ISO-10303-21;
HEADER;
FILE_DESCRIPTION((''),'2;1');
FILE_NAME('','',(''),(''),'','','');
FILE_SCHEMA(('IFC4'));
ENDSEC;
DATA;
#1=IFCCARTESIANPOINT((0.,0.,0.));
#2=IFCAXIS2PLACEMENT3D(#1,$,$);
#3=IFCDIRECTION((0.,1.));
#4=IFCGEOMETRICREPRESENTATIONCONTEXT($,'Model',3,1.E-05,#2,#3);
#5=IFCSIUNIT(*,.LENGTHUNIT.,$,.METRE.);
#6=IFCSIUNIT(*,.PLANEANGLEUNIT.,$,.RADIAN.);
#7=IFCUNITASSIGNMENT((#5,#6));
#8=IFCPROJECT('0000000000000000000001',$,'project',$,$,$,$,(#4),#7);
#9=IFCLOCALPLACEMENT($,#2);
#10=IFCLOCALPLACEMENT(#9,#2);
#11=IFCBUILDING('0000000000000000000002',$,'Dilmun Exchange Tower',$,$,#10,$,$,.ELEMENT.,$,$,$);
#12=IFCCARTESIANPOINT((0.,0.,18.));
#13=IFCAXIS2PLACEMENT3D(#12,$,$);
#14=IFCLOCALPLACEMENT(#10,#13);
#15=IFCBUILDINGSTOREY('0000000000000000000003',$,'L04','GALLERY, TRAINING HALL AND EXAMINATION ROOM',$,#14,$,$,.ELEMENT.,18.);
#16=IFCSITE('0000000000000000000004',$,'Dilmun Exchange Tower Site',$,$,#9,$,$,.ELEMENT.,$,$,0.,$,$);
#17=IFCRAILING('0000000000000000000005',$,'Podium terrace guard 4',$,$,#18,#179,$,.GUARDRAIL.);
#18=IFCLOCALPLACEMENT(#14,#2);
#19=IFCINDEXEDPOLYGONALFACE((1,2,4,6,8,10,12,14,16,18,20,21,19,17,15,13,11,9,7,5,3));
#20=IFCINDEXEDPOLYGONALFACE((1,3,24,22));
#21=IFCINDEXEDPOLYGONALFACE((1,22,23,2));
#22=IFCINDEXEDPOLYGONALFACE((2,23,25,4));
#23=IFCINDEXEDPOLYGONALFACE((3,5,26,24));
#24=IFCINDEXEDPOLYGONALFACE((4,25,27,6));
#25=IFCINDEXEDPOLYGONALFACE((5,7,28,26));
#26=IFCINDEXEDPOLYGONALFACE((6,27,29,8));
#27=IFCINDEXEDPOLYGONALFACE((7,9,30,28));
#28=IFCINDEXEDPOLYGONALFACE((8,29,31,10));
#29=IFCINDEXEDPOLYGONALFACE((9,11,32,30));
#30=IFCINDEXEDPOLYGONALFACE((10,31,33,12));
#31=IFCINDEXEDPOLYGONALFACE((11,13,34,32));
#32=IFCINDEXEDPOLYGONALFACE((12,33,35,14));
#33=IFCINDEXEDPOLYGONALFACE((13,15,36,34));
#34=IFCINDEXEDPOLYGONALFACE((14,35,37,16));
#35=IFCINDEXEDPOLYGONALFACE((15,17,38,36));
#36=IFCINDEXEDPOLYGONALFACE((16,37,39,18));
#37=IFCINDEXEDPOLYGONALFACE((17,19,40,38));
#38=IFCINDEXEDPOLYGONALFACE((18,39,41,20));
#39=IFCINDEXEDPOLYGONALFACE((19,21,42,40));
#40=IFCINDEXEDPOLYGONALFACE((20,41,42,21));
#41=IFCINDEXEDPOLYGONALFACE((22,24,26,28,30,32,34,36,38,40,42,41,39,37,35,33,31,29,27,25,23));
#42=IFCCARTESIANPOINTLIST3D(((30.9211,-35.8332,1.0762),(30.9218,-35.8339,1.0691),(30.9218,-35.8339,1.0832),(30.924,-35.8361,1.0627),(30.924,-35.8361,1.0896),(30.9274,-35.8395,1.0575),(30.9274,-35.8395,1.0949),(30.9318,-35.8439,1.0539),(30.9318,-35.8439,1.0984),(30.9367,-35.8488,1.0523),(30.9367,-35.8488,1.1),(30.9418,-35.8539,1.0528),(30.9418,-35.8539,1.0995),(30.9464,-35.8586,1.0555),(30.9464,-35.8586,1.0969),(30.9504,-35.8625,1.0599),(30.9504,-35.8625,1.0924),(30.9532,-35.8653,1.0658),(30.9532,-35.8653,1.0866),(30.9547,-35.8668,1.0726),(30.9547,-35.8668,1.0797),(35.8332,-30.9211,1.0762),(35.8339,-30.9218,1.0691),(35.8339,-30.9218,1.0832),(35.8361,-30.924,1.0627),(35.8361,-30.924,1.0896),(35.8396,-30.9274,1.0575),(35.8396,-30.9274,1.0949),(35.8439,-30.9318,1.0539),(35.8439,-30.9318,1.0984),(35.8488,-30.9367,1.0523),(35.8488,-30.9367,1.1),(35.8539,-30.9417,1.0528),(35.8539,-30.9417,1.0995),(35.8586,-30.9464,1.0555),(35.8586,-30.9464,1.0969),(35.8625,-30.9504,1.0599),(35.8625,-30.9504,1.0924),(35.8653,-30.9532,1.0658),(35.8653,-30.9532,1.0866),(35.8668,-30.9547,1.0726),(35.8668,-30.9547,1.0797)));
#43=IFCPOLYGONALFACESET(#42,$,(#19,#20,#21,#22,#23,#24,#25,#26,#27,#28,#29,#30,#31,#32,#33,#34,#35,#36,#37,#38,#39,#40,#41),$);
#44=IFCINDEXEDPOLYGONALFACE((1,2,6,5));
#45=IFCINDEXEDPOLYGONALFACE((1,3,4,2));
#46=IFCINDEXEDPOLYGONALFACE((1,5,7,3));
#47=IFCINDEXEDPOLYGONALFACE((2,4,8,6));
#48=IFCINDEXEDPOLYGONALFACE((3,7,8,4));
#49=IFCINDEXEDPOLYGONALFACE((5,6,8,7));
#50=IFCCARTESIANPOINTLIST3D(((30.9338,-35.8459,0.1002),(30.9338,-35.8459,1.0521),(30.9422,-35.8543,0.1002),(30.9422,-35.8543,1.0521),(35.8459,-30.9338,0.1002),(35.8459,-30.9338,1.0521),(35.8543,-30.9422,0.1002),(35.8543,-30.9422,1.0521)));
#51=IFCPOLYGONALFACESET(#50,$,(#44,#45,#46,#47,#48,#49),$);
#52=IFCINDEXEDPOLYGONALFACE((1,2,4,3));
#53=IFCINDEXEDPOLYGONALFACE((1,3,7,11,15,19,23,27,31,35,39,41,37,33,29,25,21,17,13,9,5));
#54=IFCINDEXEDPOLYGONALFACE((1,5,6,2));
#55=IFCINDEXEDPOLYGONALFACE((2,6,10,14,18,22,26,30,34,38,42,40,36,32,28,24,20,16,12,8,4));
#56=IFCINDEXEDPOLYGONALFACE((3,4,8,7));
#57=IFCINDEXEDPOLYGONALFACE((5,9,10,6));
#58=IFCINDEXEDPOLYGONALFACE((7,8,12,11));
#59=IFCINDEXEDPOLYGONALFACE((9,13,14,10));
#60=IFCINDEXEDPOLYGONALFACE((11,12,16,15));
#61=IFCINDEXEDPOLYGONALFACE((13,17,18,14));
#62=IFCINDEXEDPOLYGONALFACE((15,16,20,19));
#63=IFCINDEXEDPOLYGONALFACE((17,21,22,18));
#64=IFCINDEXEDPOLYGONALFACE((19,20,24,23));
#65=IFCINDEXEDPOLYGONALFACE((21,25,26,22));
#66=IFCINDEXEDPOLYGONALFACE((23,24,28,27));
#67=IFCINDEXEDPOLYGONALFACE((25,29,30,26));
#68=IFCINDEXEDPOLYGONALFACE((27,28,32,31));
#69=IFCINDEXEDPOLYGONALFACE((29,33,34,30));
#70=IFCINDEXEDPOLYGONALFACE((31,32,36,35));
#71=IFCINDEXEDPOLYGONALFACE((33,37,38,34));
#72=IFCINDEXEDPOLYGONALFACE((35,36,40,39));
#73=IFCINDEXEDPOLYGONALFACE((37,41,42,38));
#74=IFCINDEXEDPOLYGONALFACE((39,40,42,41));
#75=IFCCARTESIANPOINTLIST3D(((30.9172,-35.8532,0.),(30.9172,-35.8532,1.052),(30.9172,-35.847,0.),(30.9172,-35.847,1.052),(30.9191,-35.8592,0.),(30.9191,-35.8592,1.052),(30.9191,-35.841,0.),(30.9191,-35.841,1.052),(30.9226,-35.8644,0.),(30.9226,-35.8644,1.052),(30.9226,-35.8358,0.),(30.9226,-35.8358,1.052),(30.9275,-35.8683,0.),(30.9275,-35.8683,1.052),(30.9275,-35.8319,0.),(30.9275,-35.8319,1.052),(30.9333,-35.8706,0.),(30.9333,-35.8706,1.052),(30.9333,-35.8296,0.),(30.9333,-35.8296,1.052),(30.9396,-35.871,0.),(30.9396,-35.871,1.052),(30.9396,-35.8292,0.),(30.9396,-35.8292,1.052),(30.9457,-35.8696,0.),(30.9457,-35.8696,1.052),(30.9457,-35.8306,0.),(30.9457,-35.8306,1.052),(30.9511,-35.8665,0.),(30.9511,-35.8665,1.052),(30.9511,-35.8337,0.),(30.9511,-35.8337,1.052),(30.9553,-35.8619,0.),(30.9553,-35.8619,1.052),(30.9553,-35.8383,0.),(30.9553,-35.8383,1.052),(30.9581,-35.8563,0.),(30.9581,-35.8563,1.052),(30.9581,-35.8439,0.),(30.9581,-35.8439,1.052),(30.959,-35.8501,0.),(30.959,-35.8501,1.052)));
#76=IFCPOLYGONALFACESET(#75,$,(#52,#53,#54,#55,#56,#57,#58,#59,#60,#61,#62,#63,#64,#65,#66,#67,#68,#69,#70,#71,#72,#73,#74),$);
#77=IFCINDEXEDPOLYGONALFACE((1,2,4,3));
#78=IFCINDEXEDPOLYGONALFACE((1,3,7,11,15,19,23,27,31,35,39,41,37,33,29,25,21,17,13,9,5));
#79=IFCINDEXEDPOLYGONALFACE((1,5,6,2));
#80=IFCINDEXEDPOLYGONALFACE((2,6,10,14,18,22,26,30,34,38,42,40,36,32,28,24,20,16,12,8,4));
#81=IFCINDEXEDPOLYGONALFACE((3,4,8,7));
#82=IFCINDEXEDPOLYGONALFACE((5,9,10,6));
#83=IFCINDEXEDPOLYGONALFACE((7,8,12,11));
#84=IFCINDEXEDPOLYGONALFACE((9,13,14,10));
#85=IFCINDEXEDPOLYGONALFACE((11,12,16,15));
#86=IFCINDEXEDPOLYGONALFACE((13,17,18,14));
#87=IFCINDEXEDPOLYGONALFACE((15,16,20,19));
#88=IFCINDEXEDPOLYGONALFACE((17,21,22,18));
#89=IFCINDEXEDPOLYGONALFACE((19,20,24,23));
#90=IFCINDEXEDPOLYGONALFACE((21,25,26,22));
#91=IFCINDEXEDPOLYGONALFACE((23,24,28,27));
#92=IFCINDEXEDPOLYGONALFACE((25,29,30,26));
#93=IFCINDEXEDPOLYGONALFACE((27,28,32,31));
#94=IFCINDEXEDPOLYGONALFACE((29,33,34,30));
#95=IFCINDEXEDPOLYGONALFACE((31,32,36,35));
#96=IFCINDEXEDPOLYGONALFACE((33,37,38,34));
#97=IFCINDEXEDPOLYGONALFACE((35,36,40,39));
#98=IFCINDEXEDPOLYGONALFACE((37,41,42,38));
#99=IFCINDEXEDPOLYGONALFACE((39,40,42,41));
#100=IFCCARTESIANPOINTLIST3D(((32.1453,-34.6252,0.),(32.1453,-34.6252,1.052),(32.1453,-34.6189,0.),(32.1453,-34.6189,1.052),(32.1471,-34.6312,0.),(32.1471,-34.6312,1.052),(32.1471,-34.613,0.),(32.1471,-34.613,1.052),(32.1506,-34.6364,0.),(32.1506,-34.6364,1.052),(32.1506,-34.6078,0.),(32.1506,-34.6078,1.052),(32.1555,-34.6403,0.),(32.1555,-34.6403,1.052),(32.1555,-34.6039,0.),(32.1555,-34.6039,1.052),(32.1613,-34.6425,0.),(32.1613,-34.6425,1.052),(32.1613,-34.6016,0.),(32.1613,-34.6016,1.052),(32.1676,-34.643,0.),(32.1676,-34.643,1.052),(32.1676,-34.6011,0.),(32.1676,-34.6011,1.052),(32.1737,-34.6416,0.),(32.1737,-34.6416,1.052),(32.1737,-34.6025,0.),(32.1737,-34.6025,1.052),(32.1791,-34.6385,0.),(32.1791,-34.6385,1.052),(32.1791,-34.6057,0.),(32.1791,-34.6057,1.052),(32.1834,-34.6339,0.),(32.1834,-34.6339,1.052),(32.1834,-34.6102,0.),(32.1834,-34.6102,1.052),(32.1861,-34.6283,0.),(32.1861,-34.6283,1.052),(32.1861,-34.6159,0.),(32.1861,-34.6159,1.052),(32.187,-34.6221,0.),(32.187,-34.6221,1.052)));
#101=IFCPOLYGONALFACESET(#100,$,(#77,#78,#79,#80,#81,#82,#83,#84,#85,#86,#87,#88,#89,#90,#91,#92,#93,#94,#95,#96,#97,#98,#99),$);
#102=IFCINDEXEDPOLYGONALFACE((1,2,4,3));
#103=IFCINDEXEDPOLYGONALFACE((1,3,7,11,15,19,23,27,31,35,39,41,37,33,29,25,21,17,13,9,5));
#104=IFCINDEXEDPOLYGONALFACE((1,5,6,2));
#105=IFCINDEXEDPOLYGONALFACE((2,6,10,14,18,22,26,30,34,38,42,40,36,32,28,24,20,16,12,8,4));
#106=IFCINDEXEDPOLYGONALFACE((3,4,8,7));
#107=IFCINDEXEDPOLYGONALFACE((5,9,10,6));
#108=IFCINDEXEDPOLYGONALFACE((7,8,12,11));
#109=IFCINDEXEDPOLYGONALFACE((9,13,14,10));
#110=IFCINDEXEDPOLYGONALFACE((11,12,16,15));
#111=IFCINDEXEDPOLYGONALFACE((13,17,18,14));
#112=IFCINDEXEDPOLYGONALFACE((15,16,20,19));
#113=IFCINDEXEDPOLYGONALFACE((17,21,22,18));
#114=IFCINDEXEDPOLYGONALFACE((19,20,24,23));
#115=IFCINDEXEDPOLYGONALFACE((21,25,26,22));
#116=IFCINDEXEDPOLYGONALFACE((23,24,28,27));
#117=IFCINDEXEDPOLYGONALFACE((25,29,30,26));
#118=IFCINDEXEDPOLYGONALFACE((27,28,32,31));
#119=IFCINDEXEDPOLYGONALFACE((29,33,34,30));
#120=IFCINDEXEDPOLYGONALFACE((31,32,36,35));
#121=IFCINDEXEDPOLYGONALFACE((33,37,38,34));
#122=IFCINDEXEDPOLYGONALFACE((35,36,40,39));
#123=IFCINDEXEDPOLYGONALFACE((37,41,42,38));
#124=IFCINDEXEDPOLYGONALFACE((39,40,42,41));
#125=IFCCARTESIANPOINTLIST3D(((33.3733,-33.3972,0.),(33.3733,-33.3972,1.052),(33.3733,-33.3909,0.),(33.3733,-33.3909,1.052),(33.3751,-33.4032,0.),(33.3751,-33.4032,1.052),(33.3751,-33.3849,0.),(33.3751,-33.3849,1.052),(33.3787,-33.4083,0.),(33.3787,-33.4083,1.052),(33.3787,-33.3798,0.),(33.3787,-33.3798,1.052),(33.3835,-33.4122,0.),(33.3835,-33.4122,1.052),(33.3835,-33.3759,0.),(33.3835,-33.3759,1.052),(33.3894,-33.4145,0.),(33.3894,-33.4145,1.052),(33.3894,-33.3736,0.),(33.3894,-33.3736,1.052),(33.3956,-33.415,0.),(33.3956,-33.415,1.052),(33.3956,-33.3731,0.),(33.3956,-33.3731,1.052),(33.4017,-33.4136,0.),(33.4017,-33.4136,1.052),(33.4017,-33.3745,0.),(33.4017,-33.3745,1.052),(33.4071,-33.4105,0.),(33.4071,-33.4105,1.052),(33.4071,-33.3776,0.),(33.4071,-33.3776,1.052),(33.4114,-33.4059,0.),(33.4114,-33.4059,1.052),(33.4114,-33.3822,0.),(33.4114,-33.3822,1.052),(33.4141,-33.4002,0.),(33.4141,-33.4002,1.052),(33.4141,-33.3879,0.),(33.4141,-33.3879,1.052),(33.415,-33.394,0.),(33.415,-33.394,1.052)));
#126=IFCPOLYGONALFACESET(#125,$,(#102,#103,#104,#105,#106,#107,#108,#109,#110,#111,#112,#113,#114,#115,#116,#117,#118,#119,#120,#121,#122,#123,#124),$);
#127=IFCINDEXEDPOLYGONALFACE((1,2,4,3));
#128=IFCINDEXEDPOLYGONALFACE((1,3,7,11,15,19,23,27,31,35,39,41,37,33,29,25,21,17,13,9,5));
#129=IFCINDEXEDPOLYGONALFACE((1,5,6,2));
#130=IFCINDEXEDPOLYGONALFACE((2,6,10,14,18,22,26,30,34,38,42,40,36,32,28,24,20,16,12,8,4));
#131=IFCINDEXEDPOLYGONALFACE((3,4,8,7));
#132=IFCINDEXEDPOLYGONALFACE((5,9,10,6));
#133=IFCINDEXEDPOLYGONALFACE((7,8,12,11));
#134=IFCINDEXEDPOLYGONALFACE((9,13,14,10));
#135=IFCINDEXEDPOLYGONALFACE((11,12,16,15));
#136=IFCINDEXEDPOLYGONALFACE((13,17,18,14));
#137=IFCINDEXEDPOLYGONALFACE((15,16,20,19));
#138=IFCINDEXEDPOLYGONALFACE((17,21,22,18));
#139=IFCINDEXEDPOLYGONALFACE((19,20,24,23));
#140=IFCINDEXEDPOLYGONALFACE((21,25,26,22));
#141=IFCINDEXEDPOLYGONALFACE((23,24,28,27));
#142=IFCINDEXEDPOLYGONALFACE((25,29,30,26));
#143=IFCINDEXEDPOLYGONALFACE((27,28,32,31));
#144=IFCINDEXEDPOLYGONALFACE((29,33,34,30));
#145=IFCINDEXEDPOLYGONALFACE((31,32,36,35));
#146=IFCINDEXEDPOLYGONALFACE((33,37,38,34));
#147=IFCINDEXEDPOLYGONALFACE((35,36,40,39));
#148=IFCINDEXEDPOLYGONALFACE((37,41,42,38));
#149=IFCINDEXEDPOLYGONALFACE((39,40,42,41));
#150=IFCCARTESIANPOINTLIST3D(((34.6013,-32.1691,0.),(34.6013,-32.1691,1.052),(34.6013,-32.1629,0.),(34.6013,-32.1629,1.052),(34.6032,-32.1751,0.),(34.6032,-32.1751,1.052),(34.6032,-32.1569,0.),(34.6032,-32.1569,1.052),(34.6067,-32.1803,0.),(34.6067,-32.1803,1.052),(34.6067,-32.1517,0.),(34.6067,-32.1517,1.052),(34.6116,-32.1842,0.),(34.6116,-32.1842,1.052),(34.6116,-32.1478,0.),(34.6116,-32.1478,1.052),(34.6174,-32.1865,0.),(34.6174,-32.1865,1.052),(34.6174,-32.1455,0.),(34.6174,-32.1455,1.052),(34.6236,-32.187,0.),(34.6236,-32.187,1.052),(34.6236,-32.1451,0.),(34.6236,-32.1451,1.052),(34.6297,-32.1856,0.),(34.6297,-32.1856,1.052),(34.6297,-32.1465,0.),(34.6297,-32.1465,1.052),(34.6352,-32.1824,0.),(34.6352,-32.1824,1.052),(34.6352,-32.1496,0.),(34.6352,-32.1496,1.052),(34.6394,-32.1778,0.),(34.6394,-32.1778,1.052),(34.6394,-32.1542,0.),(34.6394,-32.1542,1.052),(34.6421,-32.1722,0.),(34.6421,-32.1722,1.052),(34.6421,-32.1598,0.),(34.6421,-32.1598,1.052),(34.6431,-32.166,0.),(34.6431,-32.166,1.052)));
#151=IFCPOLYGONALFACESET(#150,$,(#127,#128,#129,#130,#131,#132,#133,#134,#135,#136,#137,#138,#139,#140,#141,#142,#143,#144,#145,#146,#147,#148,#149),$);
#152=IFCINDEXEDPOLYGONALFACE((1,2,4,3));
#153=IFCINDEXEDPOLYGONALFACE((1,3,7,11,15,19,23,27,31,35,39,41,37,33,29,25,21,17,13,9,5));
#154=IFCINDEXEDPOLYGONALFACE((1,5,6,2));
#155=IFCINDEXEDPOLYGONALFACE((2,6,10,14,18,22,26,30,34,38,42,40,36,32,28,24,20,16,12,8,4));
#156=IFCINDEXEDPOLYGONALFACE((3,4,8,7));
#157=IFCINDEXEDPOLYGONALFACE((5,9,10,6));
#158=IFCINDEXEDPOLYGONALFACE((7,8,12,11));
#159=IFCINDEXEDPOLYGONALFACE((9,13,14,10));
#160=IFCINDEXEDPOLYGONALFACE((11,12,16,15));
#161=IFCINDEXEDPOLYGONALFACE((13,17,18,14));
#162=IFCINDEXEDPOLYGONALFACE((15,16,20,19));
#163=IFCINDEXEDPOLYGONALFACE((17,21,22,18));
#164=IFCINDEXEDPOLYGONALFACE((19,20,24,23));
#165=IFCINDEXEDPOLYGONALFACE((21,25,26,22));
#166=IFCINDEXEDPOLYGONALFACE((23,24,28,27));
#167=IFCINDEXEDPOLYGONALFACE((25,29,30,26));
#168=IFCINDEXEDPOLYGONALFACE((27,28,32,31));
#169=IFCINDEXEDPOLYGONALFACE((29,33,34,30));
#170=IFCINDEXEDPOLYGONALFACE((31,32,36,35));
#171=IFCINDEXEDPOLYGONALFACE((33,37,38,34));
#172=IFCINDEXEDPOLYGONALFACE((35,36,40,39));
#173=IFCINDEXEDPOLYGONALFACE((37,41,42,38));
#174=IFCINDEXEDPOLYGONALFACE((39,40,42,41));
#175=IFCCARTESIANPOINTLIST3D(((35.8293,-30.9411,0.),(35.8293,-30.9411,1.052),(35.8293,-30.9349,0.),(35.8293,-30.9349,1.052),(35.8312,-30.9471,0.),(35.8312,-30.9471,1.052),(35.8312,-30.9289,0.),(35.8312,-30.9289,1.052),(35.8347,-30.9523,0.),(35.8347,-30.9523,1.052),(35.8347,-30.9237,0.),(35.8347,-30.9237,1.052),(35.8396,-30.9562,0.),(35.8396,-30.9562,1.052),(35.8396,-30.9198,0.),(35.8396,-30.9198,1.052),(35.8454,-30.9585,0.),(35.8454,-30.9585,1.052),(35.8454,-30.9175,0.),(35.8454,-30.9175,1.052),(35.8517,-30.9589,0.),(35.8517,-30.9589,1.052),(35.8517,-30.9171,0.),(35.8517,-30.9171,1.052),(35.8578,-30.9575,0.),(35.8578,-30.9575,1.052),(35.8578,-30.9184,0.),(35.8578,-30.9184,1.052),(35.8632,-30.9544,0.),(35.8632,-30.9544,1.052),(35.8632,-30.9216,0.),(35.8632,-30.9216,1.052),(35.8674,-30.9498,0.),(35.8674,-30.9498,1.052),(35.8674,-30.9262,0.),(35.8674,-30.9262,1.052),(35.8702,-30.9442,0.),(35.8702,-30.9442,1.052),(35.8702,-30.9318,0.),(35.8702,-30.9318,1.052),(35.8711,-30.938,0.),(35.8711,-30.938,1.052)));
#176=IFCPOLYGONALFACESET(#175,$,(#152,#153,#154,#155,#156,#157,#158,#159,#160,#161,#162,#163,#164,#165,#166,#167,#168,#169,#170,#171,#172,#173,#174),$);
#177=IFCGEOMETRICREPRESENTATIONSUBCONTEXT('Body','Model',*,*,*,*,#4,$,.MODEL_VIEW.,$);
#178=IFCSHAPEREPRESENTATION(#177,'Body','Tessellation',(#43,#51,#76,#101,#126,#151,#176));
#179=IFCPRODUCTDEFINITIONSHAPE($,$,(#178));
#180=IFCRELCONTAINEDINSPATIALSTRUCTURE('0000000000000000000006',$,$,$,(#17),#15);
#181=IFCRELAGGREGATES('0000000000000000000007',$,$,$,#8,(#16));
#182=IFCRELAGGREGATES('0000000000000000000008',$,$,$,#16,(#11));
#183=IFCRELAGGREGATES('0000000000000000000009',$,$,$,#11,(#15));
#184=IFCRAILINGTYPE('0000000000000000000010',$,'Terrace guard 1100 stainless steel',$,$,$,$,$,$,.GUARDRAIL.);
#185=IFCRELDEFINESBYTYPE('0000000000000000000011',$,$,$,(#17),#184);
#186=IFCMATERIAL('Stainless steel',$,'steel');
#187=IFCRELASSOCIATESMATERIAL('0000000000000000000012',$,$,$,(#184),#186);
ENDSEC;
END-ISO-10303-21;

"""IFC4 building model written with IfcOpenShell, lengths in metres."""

from ifc_helpers import new_model, si_unit, direction, frame, origin, origin_2d, place, context, subcontext, project, spatial, rectangle, circle, extrude, material, type_object, element, save


model = new_model("IFC4")

# Units and contexts
model_context = context("Model", 3, precision=1e-05, world=origin(), true_north=direction((0.0, 1.0)))
body_context = subcontext(model_context, "Body", "Model", "MODEL_VIEW")
ifc_project = project(units=[si_unit("LENGTHUNIT", "METRE"), si_unit("PLANEANGLEUNIT", "RADIAN")], contexts=[model_context])

# Site, building, storey
site_placement = place(None, origin())
site = spatial("IfcSite", under=ifc_project, at=site_placement, Name="Dilmun Exchange Tower Site", CompositionType="ELEMENT", RefElevation=0.0)
building_placement = place(site_placement, origin())
building = spatial("IfcBuilding", under=site, at=building_placement, Name="Dilmun Exchange Tower", CompositionType="ELEMENT")
storey_placement = place(building_placement, frame((0.0, 0.0, 18.0)))
storey = spatial("IfcBuildingStorey", under=building, at=storey_placement, Name="L04", Description="GALLERY, TRAINING HALL AND EXAMINATION ROOM", CompositionType="ELEMENT", Elevation=18.0)

# Shared definitions
ifc_material_1 = material(Name="Stainless steel", Category="steel")

# Railing
railing_type = type_object("IfcRailingType", Name="Terrace guard 1100 stainless steel", PredefinedType="GUARDRAIL", material=ifc_material_1)
railing_1_placement = place(storey_placement, frame((30.938, -35.8501, 0.0)))
element("IfcRailing", 1, at=railing_1_placement, inside=storey, type_object=railing_type, Name="Podium terrace guard 4", PredefinedType="GUARDRAIL", context=body_context, shape_type="SweptSolid", body=[
    extrude(circle(Radius=0.0239, at=origin_2d()), frame((0.0, 0.0, 1.0762), z_axis=(0.707107, 0.707107, 0.0), x_axis=(-0.707107, 0.707107, 0.0)), (0.0, 0.0, 1.0), 6.9468),
    extrude(rectangle(XDim=0.012, YDim=0.9519, at=origin_2d()), frame((0.0, 0.0, 0.5762), z_axis=(0.707107, 0.707107, 0.0), x_axis=(-0.707107, 0.707107, 0.0)), (0.0, 0.0, 1.0), 6.9468),
    extrude(circle(Radius=0.021, at=origin_2d()), origin(), (0.0, 0.0, 1.0), 1.052),
    extrude(circle(Radius=0.021, at=origin_2d()), frame((1.228, 1.228, 0.0)), (0.0, 0.0, 1.0), 1.052),
    extrude(circle(Radius=0.021, at=origin_2d()), frame((2.4561, 2.4561, 0.0)), (0.0, 0.0, 1.0), 1.052),
    extrude(circle(Radius=0.021, at=origin_2d()), frame((3.6841, 3.6841, 0.0)), (0.0, 0.0, 1.0), 1.052),
    extrude(circle(Radius=0.021, at=origin_2d()), frame((4.9121, 4.9121, 0.0)), (0.0, 0.0, 1.0), 1.052),
])

save(model, "model.ifc")
